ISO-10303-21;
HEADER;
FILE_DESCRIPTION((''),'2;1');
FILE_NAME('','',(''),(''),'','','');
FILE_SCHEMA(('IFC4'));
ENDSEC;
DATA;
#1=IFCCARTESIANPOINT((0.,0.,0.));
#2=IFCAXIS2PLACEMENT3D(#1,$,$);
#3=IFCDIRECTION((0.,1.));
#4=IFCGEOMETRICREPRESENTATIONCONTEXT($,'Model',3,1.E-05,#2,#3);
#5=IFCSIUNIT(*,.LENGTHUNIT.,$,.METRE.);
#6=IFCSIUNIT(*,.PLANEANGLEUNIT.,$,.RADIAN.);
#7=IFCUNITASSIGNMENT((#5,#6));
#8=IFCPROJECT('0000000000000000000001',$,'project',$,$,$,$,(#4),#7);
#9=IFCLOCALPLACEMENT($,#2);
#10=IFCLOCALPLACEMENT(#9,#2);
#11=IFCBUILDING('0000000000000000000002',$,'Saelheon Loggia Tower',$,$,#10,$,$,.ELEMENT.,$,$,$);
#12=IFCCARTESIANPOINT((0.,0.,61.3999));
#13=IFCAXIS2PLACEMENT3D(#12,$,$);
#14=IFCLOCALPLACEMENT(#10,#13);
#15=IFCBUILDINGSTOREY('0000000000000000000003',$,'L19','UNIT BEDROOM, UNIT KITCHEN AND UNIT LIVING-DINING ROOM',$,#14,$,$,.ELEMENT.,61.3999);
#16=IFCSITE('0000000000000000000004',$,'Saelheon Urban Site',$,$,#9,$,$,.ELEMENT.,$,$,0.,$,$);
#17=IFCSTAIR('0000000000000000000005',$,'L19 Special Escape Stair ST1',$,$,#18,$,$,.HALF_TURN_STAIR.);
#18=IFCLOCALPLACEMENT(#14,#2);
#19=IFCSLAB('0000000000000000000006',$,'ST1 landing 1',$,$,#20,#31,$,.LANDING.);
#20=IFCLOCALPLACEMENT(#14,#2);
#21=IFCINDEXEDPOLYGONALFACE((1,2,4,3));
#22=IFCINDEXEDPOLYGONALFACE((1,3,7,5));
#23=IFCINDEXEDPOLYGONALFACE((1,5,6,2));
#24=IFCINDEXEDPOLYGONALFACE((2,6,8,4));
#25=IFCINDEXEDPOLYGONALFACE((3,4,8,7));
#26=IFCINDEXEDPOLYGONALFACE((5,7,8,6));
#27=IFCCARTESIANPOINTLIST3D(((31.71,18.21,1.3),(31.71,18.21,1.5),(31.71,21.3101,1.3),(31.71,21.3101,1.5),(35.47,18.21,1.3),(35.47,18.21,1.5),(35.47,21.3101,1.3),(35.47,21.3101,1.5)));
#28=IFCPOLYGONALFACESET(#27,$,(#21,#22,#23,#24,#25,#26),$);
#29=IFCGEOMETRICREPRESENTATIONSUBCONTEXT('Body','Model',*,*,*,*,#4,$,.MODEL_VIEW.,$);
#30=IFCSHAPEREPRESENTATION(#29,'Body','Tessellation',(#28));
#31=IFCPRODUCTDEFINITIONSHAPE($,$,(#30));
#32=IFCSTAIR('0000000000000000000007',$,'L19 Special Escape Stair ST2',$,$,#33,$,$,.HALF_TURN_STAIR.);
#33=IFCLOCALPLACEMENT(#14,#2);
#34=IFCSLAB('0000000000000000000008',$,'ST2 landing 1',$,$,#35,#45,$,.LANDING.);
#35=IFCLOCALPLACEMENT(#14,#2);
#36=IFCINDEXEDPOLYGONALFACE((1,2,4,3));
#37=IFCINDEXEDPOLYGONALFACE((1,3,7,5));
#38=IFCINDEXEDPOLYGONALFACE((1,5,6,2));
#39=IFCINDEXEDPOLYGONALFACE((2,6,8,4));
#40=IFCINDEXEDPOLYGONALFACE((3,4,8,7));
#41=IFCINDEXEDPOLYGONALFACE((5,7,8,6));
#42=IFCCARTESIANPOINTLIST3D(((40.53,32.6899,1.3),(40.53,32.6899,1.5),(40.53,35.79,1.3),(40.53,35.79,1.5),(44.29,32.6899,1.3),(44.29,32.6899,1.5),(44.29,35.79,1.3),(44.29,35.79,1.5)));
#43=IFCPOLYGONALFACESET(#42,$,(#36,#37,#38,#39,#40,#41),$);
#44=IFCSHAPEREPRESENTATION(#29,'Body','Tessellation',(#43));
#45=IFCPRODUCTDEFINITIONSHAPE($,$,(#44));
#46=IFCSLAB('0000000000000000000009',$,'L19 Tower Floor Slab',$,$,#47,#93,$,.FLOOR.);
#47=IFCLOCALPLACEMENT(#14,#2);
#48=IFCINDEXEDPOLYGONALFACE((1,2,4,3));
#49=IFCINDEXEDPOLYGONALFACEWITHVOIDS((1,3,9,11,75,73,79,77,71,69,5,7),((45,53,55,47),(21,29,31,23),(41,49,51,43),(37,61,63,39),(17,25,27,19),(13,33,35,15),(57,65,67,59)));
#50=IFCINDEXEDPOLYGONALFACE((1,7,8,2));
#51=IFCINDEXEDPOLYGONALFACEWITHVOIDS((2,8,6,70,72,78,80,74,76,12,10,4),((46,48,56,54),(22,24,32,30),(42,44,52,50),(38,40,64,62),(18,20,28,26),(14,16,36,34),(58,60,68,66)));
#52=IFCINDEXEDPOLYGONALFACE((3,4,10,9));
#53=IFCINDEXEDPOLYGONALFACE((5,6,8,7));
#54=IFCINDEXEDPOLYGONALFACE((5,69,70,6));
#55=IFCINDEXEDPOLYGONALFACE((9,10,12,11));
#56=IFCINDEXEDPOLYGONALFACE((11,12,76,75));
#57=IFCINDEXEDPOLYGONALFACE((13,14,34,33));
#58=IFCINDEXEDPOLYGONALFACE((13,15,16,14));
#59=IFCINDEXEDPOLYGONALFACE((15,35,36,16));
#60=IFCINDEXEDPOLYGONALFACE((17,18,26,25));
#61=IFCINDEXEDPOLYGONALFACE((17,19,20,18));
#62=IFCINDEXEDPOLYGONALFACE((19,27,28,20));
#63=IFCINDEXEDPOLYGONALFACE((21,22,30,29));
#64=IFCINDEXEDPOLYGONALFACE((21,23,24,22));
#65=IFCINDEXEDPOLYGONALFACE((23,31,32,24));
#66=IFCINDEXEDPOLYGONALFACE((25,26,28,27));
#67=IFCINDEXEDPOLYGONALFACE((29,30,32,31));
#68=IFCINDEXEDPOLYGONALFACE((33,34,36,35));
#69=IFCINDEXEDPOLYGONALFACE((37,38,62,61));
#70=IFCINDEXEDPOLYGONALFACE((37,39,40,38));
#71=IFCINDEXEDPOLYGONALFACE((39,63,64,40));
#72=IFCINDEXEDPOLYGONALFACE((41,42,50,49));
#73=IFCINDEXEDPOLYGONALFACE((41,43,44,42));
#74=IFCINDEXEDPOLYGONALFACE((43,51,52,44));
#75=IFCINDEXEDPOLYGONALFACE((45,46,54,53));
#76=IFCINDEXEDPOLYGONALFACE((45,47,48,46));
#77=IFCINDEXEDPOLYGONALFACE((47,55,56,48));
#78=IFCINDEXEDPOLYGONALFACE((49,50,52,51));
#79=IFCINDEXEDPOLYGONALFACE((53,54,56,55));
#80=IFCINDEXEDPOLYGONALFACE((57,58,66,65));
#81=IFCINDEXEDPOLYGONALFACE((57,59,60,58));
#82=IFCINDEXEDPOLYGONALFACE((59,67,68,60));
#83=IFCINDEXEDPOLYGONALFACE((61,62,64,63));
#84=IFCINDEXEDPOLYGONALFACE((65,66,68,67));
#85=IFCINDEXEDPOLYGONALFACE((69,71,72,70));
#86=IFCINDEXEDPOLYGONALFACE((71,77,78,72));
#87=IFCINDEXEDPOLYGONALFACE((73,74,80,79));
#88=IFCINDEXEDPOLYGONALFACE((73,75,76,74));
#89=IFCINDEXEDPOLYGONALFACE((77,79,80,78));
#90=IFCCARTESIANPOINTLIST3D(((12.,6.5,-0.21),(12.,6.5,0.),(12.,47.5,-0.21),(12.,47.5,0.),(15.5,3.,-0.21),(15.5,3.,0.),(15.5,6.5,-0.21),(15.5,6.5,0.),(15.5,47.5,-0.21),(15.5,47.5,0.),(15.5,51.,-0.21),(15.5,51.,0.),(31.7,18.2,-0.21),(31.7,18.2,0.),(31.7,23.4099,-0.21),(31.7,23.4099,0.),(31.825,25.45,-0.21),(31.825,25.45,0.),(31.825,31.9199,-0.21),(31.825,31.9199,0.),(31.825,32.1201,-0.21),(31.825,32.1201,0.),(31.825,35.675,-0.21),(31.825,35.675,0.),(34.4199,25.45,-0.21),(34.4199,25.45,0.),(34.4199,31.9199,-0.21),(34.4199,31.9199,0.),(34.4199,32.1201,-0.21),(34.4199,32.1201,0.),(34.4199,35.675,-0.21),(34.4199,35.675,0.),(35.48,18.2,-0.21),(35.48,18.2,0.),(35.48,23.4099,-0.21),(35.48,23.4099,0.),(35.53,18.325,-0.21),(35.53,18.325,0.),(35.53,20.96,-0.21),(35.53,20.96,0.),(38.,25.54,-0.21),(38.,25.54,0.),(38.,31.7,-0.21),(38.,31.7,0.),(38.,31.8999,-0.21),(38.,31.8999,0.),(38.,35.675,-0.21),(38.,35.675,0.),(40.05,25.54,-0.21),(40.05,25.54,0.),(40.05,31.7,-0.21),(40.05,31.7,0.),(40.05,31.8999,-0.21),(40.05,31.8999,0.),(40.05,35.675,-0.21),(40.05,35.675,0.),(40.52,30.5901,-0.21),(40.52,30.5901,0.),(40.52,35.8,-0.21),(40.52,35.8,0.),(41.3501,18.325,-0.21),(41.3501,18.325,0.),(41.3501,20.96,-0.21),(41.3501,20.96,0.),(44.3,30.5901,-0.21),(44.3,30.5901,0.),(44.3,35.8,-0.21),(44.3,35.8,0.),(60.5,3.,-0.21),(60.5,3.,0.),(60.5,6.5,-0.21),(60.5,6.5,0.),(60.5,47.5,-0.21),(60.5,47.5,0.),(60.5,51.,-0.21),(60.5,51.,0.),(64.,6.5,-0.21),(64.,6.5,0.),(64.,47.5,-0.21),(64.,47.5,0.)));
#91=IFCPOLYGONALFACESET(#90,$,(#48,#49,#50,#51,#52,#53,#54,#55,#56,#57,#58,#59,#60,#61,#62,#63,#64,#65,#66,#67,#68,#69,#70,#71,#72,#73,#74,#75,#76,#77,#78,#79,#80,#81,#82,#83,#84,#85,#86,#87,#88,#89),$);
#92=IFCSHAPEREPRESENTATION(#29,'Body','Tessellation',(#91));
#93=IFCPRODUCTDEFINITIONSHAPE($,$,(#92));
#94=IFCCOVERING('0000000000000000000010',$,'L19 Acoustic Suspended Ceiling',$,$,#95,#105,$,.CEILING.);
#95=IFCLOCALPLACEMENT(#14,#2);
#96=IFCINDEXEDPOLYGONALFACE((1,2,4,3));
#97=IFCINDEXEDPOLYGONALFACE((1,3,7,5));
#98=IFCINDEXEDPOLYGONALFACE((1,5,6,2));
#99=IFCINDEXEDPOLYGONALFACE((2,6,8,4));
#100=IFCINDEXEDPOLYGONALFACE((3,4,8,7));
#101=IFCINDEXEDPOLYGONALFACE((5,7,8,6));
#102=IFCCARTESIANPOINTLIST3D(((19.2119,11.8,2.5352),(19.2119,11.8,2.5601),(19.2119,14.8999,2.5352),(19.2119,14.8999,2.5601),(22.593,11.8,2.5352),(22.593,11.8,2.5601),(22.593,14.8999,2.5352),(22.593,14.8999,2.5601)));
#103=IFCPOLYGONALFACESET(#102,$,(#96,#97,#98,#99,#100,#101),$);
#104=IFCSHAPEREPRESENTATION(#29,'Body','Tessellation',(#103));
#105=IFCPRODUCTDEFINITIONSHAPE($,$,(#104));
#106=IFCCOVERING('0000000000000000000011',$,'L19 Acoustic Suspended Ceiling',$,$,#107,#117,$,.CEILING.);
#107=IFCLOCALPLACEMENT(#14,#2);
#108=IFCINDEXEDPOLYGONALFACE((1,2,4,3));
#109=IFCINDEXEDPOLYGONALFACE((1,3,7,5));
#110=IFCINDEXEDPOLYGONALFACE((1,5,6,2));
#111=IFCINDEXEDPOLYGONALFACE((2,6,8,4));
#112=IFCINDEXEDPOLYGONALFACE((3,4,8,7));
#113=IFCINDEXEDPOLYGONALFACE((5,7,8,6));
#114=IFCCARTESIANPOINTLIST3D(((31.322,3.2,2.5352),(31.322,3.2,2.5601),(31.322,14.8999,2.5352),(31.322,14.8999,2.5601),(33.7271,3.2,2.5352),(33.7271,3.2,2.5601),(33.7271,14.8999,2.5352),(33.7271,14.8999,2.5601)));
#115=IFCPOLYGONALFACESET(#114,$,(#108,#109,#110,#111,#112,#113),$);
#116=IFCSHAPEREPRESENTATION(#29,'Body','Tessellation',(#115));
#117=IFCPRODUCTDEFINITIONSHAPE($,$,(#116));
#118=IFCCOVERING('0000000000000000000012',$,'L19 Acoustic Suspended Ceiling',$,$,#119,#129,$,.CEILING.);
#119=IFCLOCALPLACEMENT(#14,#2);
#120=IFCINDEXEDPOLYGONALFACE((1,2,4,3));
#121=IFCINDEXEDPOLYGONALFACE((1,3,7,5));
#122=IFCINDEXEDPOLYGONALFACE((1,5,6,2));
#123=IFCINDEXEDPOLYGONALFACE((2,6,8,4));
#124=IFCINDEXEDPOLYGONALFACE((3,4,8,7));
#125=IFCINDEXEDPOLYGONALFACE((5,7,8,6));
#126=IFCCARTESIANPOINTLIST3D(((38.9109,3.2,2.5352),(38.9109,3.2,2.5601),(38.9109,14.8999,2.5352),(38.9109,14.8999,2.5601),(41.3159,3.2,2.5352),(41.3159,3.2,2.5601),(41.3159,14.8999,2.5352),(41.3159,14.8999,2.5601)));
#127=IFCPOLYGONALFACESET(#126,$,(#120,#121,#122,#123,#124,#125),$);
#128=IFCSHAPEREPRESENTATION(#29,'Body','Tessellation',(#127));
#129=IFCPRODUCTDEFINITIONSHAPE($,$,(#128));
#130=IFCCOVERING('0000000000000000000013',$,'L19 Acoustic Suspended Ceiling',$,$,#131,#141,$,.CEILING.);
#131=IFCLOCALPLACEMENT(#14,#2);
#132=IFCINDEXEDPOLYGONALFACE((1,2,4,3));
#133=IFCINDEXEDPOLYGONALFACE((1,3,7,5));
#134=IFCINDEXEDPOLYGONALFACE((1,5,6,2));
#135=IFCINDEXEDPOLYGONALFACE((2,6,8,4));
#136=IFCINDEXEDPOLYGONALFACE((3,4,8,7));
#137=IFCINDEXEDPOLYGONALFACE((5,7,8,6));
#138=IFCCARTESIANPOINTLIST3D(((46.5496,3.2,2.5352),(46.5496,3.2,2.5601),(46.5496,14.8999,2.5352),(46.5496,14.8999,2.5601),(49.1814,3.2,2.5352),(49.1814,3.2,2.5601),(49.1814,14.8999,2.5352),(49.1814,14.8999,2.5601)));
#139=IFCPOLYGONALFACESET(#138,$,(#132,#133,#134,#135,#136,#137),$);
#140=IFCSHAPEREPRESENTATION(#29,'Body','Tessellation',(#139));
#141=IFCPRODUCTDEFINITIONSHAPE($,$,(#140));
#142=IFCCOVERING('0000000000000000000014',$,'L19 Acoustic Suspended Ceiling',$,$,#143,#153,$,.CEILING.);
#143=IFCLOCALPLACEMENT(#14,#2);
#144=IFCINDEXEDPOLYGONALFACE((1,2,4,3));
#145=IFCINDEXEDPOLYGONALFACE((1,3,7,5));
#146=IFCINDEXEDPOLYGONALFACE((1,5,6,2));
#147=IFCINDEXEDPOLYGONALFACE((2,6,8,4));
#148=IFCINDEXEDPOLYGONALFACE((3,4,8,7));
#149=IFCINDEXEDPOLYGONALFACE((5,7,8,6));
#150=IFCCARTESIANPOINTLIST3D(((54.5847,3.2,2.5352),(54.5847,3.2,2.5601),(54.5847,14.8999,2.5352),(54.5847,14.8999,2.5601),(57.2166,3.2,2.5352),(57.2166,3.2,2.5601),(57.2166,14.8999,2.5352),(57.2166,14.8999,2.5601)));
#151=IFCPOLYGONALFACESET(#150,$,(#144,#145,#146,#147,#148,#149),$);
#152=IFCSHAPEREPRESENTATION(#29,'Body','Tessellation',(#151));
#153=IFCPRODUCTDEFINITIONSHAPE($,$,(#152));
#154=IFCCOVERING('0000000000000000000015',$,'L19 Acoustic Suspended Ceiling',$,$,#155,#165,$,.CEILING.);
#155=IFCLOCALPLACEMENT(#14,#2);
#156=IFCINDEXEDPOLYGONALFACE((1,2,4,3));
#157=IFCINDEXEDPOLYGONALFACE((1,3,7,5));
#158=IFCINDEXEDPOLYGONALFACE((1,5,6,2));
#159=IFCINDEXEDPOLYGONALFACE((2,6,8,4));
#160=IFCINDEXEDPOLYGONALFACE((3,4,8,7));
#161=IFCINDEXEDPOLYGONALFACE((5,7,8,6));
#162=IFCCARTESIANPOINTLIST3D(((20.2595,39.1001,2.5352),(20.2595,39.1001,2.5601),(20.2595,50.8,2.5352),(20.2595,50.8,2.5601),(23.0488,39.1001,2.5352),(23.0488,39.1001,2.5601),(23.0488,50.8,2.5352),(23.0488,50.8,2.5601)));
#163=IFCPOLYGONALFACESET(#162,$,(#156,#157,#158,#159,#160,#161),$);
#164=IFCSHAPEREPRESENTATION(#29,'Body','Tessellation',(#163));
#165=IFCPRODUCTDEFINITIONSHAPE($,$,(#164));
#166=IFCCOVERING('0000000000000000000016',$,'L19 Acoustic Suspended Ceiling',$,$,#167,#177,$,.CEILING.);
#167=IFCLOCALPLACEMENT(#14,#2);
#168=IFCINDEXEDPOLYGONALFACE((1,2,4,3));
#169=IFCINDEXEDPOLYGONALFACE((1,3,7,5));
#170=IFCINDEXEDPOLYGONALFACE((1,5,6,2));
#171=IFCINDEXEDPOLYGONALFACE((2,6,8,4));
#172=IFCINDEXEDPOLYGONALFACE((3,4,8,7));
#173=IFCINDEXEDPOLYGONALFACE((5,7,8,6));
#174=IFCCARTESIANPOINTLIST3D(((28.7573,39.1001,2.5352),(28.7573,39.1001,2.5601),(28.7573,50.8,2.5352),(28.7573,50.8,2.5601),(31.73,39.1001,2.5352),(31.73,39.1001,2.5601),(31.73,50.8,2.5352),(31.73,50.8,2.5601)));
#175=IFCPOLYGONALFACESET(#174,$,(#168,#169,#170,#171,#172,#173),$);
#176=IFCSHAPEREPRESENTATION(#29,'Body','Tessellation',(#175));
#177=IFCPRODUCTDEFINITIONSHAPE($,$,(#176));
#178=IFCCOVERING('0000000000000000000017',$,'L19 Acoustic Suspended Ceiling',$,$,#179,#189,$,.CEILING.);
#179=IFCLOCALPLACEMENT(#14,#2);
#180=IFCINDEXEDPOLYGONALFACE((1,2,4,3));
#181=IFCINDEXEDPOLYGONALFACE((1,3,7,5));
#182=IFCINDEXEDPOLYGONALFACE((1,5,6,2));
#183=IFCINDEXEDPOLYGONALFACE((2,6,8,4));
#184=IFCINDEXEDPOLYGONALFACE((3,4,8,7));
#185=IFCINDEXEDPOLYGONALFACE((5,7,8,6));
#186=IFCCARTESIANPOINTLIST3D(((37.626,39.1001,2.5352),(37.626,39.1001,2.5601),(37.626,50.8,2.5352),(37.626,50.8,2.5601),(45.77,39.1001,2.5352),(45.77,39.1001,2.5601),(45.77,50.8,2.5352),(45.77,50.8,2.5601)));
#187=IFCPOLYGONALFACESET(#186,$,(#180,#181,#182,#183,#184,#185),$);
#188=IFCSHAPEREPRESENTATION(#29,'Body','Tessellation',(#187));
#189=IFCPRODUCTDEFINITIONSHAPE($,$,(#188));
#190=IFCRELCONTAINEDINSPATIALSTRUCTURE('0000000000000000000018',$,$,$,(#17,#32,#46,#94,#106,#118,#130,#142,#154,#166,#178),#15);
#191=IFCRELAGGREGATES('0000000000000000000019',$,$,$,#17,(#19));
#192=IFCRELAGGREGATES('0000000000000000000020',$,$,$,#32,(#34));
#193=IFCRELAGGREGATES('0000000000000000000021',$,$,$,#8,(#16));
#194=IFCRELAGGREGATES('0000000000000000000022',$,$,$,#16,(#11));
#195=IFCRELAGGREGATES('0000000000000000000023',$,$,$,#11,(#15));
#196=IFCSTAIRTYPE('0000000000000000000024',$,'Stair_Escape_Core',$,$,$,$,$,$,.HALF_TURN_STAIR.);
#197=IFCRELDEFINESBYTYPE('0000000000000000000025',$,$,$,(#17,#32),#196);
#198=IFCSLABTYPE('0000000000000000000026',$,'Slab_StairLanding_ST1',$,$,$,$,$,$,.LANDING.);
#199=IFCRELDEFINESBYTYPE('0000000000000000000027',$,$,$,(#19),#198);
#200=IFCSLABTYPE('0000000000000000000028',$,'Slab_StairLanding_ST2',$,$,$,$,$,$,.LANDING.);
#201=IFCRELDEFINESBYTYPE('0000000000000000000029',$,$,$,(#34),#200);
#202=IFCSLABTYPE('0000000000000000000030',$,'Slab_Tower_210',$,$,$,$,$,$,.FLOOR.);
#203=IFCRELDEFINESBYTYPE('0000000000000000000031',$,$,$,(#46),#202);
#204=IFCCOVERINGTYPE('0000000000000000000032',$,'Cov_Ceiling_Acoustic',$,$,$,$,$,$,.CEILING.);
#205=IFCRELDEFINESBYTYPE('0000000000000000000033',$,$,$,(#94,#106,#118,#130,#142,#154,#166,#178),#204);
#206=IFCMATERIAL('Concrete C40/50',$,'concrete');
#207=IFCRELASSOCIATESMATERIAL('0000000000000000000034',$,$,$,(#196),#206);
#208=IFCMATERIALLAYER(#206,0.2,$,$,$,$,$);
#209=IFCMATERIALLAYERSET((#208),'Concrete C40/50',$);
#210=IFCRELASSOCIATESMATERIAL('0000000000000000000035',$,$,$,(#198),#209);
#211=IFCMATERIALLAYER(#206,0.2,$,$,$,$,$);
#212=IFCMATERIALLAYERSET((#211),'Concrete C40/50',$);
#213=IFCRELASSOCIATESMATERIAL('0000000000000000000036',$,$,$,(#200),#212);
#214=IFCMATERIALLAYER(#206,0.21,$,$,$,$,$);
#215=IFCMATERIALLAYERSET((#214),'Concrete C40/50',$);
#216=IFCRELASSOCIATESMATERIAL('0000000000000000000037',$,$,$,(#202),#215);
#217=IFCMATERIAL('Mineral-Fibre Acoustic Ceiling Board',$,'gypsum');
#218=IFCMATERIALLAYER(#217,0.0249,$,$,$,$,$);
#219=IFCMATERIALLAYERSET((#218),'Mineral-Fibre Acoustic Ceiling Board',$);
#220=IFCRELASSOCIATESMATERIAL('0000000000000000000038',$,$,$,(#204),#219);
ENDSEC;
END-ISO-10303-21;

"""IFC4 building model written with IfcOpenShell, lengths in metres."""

from ifc_helpers import new_model, si_unit, direction, frame, origin, place, context, subcontext, project, spatial, polyline, outline, extrude, material, layer, layer_set, type_object, element, aggregate, save


model = new_model("IFC4")

# Units and contexts
model_context = context("Model", 3, precision=1e-05, world=origin(), true_north=direction((0.0, 1.0)))
body_context = subcontext(model_context, "Body", "Model", "MODEL_VIEW")
ifc_project = project(units=[si_unit("LENGTHUNIT", "METRE"), si_unit("PLANEANGLEUNIT", "RADIAN")], contexts=[model_context])

# Site, building, storey
site_placement = place(None, origin())
site = spatial("IfcSite", under=ifc_project, at=site_placement, Name="Saelheon Urban Site", CompositionType="ELEMENT", RefElevation=0.0)
building_placement = place(site_placement, origin())
building = spatial("IfcBuilding", under=site, at=building_placement, Name="Saelheon Loggia Tower", CompositionType="ELEMENT")
storey_placement = place(building_placement, frame((0.0, 0.0, 61.3999)))
storey = spatial("IfcBuildingStorey", under=building, at=storey_placement, Name="L19", Description="UNIT BEDROOM, UNIT KITCHEN AND UNIT LIVING-DINING ROOM", CompositionType="ELEMENT", Elevation=61.3999)

# Stairs, slabs
ifc_material_1 = material(Name="Concrete C40/50", Category="concrete")
stair_type = type_object("IfcStairType", Name="Stair_Escape_Core", PredefinedType="HALF_TURN_STAIR", material=ifc_material_1)
stair_1_placement = place(storey_placement, origin())
stair_1 = element("IfcStair", 1, at=stair_1_placement, inside=storey, type_object=stair_type, Name="L19 Special Escape Stair ST1", PredefinedType="HALF_TURN_STAIR")
ifc_layer_1 = layer(ifc_material_1, 0.2)
ifc_layer_set_1 = layer_set([ifc_layer_1], Name="Concrete C40/50")
slab_type_1 = type_object("IfcSlabType", Name="Slab_StairLanding_ST1", PredefinedType="LANDING", material=ifc_layer_set_1)
slab_1_placement = place(storey_placement, frame((0.0, 0.0, 1.3)))
slab_1 = element("IfcSlab", 2, at=slab_1_placement, type_object=slab_type_1, Name="ST1 landing 1", PredefinedType="LANDING", context=body_context, shape_type="SweptSolid", body=[
    extrude(outline(polyline([(31.71, 21.3101), (31.71, 18.21), (35.47, 18.21), (35.47, 21.3101), (31.71, 21.3101)])), origin(), (0.0, 0.0, 1.0), 0.2),
])
aggregate(stair_1, [slab_1])
stair_2_placement = place(storey_placement, origin())
stair_2 = element("IfcStair", 3, at=stair_2_placement, inside=storey, type_object=stair_type, Name="L19 Special Escape Stair ST2", PredefinedType="HALF_TURN_STAIR")
ifc_layer_2 = layer(ifc_material_1, 0.2)
ifc_layer_set_2 = layer_set([ifc_layer_2], Name="Concrete C40/50")
slab_type_2 = type_object("IfcSlabType", Name="Slab_StairLanding_ST2", PredefinedType="LANDING", material=ifc_layer_set_2)
slab_2_placement = place(storey_placement, frame((0.0, 0.0, 1.3)))
slab_2 = element("IfcSlab", 4, at=slab_2_placement, type_object=slab_type_2, Name="ST2 landing 1", PredefinedType="LANDING", context=body_context, shape_type="SweptSolid", body=[
    extrude(outline(polyline([(44.29, 32.6899), (44.29, 35.79), (40.53, 35.79), (40.53, 32.6899), (44.29, 32.6899)])), origin(), (0.0, 0.0, 1.0), 0.2),
])
aggregate(stair_2, [slab_2])

# Slab
ifc_layer_3 = layer(ifc_material_1, 0.21)
ifc_layer_set_3 = layer_set([ifc_layer_3], Name="Concrete C40/50")
slab_type_3 = type_object("IfcSlabType", Name="Slab_Tower_210", PredefinedType="FLOOR", material=ifc_layer_set_3)
slab_3_placement = place(storey_placement, frame((0.0, 0.0, -0.21)))
element("IfcSlab", 5, at=slab_3_placement, inside=storey, type_object=slab_type_3, Name="L19 Tower Floor Slab", PredefinedType="FLOOR", context=body_context, shape_type="SweptSolid", body=[
    extrude(outline(polyline([(15.5, 3.0), (60.5, 3.0), (60.5, 6.5), (64.0, 6.5), (64.0, 47.5), (60.5, 47.5), (60.5, 51.0), (15.5, 51.0), (15.5, 47.5), (12.0, 47.5), (12.0, 6.5), (15.5, 6.5), (15.5, 3.0)]), holes=[polyline([(31.7, 23.4099), (31.7, 18.2), (35.48, 18.2), (35.48, 23.4099), (31.7, 23.4099)]), polyline([(44.3, 30.5901), (44.3, 35.8), (40.52, 35.8), (40.52, 30.5901), (44.3, 30.5901)]), polyline([(35.53, 18.325), (41.3501, 18.325), (41.3501, 20.96), (35.53, 20.96), (35.53, 18.325)]), polyline([(31.825, 32.1201), (34.4199, 32.1201), (34.4199, 35.675), (31.825, 35.675), (31.825, 32.1201)]), polyline([(38.0, 31.8999), (40.05, 31.8999), (40.05, 35.675), (38.0, 35.675), (38.0, 31.8999)]), polyline([(31.825, 25.45), (34.4199, 25.45), (34.4199, 31.9199), (31.825, 31.9199), (31.825, 25.45)]), polyline([(38.0, 25.54), (40.05, 25.54), (40.05, 31.7), (38.0, 31.7), (38.0, 25.54)])]), origin(), (0.0, 0.0, 1.0), 0.21),
])

# Coverings
ifc_material_2 = material(Name="Mineral-Fibre Acoustic Ceiling Board", Category="gypsum")
ifc_layer_4 = layer(ifc_material_2, 0.0249)
ifc_layer_set_4 = layer_set([ifc_layer_4], Name="Mineral-Fibre Acoustic Ceiling Board")
covering_type = type_object("IfcCoveringType", Name="Cov_Ceiling_Acoustic", PredefinedType="CEILING", material=ifc_layer_set_4)
covering_1_placement = place(storey_placement, frame((0.0, 0.0, 2.5352)))
element("IfcCovering", 6, at=covering_1_placement, inside=storey, type_object=covering_type, Name="L19 Acoustic Suspended Ceiling", PredefinedType="CEILING", context=body_context, shape_type="SweptSolid", body=[
    extrude(outline(polyline([(19.2119, 11.8), (22.593, 11.8), (22.593, 14.8999), (19.2119, 14.8999), (19.2119, 11.8)])), origin(), (0.0, 0.0, 1.0), 0.0249),
])
covering_2_placement = place(storey_placement, frame((0.0, 0.0, 2.5352)))
element("IfcCovering", 7, at=covering_2_placement, inside=storey, type_object=covering_type, Name="L19 Acoustic Suspended Ceiling", PredefinedType="CEILING", context=body_context, shape_type="SweptSolid", body=[
    extrude(outline(polyline([(31.322, 3.2), (33.7271, 3.2), (33.7271, 14.8999), (31.322, 14.8999), (31.322, 3.2)])), origin(), (0.0, 0.0, 1.0), 0.0249),
])
covering_3_placement = place(storey_placement, frame((0.0, 0.0, 2.5352)))
element("IfcCovering", 8, at=covering_3_placement, inside=storey, type_object=covering_type, Name="L19 Acoustic Suspended Ceiling", PredefinedType="CEILING", context=body_context, shape_type="SweptSolid", body=[
    extrude(outline(polyline([(38.9109, 3.2), (41.3159, 3.2), (41.3159, 14.8999), (38.9109, 14.8999), (38.9109, 3.2)])), origin(), (0.0, 0.0, 1.0), 0.0249),
])
covering_4_placement = place(storey_placement, frame((0.0, 0.0, 2.5352)))
element("IfcCovering", 9, at=covering_4_placement, inside=storey, type_object=covering_type, Name="L19 Acoustic Suspended Ceiling", PredefinedType="CEILING", context=body_context, shape_type="SweptSolid", body=[
    extrude(outline(polyline([(46.5496, 3.2), (49.1814, 3.2), (49.1814, 14.8999), (46.5496, 14.8999), (46.5496, 3.2)])), origin(), (0.0, 0.0, 1.0), 0.0249),
])
covering_5_placement = place(storey_placement, frame((0.0, 0.0, 2.5352)))
element("IfcCovering", 10, at=covering_5_placement, inside=storey, type_object=covering_type, Name="L19 Acoustic Suspended Ceiling", PredefinedType="CEILING", context=body_context, shape_type="SweptSolid", body=[
    extrude(outline(polyline([(54.5847, 3.2), (57.2166, 3.2), (57.2166, 14.8999), (54.5847, 14.8999), (54.5847, 3.2)])), origin(), (0.0, 0.0, 1.0), 0.0249),
])
covering_6_placement = place(storey_placement, frame((0.0, 0.0, 2.5352)))
element("IfcCovering", 11, at=covering_6_placement, inside=storey, type_object=covering_type, Name="L19 Acoustic Suspended Ceiling", PredefinedType="CEILING", context=body_context, shape_type="SweptSolid", body=[
    extrude(outline(polyline([(20.2595, 39.1001), (23.0488, 39.1001), (23.0488, 50.8), (20.2595, 50.8), (20.2595, 39.1001)])), origin(), (0.0, 0.0, 1.0), 0.0249),
])
covering_7_placement = place(storey_placement, frame((0.0, 0.0, 2.5352)))
element("IfcCovering", 12, at=covering_7_placement, inside=storey, type_object=covering_type, Name="L19 Acoustic Suspended Ceiling", PredefinedType="CEILING", context=body_context, shape_type="SweptSolid", body=[
    extrude(outline(polyline([(28.7573, 39.1001), (31.73, 39.1001), (31.73, 50.8), (28.7573, 50.8), (28.7573, 39.1001)])), origin(), (0.0, 0.0, 1.0), 0.0249),
])
covering_8_placement = place(storey_placement, frame((0.0, 0.0, 2.5352)))
element("IfcCovering", 13, at=covering_8_placement, inside=storey, type_object=covering_type, Name="L19 Acoustic Suspended Ceiling", PredefinedType="CEILING", context=body_context, shape_type="SweptSolid", body=[
    extrude(outline(polyline([(37.626, 39.1001), (45.77, 39.1001), (45.77, 50.8), (37.626, 50.8), (37.626, 39.1001)])), origin(), (0.0, 0.0, 1.0), 0.0249),
])

save(model, "model.ifc")
